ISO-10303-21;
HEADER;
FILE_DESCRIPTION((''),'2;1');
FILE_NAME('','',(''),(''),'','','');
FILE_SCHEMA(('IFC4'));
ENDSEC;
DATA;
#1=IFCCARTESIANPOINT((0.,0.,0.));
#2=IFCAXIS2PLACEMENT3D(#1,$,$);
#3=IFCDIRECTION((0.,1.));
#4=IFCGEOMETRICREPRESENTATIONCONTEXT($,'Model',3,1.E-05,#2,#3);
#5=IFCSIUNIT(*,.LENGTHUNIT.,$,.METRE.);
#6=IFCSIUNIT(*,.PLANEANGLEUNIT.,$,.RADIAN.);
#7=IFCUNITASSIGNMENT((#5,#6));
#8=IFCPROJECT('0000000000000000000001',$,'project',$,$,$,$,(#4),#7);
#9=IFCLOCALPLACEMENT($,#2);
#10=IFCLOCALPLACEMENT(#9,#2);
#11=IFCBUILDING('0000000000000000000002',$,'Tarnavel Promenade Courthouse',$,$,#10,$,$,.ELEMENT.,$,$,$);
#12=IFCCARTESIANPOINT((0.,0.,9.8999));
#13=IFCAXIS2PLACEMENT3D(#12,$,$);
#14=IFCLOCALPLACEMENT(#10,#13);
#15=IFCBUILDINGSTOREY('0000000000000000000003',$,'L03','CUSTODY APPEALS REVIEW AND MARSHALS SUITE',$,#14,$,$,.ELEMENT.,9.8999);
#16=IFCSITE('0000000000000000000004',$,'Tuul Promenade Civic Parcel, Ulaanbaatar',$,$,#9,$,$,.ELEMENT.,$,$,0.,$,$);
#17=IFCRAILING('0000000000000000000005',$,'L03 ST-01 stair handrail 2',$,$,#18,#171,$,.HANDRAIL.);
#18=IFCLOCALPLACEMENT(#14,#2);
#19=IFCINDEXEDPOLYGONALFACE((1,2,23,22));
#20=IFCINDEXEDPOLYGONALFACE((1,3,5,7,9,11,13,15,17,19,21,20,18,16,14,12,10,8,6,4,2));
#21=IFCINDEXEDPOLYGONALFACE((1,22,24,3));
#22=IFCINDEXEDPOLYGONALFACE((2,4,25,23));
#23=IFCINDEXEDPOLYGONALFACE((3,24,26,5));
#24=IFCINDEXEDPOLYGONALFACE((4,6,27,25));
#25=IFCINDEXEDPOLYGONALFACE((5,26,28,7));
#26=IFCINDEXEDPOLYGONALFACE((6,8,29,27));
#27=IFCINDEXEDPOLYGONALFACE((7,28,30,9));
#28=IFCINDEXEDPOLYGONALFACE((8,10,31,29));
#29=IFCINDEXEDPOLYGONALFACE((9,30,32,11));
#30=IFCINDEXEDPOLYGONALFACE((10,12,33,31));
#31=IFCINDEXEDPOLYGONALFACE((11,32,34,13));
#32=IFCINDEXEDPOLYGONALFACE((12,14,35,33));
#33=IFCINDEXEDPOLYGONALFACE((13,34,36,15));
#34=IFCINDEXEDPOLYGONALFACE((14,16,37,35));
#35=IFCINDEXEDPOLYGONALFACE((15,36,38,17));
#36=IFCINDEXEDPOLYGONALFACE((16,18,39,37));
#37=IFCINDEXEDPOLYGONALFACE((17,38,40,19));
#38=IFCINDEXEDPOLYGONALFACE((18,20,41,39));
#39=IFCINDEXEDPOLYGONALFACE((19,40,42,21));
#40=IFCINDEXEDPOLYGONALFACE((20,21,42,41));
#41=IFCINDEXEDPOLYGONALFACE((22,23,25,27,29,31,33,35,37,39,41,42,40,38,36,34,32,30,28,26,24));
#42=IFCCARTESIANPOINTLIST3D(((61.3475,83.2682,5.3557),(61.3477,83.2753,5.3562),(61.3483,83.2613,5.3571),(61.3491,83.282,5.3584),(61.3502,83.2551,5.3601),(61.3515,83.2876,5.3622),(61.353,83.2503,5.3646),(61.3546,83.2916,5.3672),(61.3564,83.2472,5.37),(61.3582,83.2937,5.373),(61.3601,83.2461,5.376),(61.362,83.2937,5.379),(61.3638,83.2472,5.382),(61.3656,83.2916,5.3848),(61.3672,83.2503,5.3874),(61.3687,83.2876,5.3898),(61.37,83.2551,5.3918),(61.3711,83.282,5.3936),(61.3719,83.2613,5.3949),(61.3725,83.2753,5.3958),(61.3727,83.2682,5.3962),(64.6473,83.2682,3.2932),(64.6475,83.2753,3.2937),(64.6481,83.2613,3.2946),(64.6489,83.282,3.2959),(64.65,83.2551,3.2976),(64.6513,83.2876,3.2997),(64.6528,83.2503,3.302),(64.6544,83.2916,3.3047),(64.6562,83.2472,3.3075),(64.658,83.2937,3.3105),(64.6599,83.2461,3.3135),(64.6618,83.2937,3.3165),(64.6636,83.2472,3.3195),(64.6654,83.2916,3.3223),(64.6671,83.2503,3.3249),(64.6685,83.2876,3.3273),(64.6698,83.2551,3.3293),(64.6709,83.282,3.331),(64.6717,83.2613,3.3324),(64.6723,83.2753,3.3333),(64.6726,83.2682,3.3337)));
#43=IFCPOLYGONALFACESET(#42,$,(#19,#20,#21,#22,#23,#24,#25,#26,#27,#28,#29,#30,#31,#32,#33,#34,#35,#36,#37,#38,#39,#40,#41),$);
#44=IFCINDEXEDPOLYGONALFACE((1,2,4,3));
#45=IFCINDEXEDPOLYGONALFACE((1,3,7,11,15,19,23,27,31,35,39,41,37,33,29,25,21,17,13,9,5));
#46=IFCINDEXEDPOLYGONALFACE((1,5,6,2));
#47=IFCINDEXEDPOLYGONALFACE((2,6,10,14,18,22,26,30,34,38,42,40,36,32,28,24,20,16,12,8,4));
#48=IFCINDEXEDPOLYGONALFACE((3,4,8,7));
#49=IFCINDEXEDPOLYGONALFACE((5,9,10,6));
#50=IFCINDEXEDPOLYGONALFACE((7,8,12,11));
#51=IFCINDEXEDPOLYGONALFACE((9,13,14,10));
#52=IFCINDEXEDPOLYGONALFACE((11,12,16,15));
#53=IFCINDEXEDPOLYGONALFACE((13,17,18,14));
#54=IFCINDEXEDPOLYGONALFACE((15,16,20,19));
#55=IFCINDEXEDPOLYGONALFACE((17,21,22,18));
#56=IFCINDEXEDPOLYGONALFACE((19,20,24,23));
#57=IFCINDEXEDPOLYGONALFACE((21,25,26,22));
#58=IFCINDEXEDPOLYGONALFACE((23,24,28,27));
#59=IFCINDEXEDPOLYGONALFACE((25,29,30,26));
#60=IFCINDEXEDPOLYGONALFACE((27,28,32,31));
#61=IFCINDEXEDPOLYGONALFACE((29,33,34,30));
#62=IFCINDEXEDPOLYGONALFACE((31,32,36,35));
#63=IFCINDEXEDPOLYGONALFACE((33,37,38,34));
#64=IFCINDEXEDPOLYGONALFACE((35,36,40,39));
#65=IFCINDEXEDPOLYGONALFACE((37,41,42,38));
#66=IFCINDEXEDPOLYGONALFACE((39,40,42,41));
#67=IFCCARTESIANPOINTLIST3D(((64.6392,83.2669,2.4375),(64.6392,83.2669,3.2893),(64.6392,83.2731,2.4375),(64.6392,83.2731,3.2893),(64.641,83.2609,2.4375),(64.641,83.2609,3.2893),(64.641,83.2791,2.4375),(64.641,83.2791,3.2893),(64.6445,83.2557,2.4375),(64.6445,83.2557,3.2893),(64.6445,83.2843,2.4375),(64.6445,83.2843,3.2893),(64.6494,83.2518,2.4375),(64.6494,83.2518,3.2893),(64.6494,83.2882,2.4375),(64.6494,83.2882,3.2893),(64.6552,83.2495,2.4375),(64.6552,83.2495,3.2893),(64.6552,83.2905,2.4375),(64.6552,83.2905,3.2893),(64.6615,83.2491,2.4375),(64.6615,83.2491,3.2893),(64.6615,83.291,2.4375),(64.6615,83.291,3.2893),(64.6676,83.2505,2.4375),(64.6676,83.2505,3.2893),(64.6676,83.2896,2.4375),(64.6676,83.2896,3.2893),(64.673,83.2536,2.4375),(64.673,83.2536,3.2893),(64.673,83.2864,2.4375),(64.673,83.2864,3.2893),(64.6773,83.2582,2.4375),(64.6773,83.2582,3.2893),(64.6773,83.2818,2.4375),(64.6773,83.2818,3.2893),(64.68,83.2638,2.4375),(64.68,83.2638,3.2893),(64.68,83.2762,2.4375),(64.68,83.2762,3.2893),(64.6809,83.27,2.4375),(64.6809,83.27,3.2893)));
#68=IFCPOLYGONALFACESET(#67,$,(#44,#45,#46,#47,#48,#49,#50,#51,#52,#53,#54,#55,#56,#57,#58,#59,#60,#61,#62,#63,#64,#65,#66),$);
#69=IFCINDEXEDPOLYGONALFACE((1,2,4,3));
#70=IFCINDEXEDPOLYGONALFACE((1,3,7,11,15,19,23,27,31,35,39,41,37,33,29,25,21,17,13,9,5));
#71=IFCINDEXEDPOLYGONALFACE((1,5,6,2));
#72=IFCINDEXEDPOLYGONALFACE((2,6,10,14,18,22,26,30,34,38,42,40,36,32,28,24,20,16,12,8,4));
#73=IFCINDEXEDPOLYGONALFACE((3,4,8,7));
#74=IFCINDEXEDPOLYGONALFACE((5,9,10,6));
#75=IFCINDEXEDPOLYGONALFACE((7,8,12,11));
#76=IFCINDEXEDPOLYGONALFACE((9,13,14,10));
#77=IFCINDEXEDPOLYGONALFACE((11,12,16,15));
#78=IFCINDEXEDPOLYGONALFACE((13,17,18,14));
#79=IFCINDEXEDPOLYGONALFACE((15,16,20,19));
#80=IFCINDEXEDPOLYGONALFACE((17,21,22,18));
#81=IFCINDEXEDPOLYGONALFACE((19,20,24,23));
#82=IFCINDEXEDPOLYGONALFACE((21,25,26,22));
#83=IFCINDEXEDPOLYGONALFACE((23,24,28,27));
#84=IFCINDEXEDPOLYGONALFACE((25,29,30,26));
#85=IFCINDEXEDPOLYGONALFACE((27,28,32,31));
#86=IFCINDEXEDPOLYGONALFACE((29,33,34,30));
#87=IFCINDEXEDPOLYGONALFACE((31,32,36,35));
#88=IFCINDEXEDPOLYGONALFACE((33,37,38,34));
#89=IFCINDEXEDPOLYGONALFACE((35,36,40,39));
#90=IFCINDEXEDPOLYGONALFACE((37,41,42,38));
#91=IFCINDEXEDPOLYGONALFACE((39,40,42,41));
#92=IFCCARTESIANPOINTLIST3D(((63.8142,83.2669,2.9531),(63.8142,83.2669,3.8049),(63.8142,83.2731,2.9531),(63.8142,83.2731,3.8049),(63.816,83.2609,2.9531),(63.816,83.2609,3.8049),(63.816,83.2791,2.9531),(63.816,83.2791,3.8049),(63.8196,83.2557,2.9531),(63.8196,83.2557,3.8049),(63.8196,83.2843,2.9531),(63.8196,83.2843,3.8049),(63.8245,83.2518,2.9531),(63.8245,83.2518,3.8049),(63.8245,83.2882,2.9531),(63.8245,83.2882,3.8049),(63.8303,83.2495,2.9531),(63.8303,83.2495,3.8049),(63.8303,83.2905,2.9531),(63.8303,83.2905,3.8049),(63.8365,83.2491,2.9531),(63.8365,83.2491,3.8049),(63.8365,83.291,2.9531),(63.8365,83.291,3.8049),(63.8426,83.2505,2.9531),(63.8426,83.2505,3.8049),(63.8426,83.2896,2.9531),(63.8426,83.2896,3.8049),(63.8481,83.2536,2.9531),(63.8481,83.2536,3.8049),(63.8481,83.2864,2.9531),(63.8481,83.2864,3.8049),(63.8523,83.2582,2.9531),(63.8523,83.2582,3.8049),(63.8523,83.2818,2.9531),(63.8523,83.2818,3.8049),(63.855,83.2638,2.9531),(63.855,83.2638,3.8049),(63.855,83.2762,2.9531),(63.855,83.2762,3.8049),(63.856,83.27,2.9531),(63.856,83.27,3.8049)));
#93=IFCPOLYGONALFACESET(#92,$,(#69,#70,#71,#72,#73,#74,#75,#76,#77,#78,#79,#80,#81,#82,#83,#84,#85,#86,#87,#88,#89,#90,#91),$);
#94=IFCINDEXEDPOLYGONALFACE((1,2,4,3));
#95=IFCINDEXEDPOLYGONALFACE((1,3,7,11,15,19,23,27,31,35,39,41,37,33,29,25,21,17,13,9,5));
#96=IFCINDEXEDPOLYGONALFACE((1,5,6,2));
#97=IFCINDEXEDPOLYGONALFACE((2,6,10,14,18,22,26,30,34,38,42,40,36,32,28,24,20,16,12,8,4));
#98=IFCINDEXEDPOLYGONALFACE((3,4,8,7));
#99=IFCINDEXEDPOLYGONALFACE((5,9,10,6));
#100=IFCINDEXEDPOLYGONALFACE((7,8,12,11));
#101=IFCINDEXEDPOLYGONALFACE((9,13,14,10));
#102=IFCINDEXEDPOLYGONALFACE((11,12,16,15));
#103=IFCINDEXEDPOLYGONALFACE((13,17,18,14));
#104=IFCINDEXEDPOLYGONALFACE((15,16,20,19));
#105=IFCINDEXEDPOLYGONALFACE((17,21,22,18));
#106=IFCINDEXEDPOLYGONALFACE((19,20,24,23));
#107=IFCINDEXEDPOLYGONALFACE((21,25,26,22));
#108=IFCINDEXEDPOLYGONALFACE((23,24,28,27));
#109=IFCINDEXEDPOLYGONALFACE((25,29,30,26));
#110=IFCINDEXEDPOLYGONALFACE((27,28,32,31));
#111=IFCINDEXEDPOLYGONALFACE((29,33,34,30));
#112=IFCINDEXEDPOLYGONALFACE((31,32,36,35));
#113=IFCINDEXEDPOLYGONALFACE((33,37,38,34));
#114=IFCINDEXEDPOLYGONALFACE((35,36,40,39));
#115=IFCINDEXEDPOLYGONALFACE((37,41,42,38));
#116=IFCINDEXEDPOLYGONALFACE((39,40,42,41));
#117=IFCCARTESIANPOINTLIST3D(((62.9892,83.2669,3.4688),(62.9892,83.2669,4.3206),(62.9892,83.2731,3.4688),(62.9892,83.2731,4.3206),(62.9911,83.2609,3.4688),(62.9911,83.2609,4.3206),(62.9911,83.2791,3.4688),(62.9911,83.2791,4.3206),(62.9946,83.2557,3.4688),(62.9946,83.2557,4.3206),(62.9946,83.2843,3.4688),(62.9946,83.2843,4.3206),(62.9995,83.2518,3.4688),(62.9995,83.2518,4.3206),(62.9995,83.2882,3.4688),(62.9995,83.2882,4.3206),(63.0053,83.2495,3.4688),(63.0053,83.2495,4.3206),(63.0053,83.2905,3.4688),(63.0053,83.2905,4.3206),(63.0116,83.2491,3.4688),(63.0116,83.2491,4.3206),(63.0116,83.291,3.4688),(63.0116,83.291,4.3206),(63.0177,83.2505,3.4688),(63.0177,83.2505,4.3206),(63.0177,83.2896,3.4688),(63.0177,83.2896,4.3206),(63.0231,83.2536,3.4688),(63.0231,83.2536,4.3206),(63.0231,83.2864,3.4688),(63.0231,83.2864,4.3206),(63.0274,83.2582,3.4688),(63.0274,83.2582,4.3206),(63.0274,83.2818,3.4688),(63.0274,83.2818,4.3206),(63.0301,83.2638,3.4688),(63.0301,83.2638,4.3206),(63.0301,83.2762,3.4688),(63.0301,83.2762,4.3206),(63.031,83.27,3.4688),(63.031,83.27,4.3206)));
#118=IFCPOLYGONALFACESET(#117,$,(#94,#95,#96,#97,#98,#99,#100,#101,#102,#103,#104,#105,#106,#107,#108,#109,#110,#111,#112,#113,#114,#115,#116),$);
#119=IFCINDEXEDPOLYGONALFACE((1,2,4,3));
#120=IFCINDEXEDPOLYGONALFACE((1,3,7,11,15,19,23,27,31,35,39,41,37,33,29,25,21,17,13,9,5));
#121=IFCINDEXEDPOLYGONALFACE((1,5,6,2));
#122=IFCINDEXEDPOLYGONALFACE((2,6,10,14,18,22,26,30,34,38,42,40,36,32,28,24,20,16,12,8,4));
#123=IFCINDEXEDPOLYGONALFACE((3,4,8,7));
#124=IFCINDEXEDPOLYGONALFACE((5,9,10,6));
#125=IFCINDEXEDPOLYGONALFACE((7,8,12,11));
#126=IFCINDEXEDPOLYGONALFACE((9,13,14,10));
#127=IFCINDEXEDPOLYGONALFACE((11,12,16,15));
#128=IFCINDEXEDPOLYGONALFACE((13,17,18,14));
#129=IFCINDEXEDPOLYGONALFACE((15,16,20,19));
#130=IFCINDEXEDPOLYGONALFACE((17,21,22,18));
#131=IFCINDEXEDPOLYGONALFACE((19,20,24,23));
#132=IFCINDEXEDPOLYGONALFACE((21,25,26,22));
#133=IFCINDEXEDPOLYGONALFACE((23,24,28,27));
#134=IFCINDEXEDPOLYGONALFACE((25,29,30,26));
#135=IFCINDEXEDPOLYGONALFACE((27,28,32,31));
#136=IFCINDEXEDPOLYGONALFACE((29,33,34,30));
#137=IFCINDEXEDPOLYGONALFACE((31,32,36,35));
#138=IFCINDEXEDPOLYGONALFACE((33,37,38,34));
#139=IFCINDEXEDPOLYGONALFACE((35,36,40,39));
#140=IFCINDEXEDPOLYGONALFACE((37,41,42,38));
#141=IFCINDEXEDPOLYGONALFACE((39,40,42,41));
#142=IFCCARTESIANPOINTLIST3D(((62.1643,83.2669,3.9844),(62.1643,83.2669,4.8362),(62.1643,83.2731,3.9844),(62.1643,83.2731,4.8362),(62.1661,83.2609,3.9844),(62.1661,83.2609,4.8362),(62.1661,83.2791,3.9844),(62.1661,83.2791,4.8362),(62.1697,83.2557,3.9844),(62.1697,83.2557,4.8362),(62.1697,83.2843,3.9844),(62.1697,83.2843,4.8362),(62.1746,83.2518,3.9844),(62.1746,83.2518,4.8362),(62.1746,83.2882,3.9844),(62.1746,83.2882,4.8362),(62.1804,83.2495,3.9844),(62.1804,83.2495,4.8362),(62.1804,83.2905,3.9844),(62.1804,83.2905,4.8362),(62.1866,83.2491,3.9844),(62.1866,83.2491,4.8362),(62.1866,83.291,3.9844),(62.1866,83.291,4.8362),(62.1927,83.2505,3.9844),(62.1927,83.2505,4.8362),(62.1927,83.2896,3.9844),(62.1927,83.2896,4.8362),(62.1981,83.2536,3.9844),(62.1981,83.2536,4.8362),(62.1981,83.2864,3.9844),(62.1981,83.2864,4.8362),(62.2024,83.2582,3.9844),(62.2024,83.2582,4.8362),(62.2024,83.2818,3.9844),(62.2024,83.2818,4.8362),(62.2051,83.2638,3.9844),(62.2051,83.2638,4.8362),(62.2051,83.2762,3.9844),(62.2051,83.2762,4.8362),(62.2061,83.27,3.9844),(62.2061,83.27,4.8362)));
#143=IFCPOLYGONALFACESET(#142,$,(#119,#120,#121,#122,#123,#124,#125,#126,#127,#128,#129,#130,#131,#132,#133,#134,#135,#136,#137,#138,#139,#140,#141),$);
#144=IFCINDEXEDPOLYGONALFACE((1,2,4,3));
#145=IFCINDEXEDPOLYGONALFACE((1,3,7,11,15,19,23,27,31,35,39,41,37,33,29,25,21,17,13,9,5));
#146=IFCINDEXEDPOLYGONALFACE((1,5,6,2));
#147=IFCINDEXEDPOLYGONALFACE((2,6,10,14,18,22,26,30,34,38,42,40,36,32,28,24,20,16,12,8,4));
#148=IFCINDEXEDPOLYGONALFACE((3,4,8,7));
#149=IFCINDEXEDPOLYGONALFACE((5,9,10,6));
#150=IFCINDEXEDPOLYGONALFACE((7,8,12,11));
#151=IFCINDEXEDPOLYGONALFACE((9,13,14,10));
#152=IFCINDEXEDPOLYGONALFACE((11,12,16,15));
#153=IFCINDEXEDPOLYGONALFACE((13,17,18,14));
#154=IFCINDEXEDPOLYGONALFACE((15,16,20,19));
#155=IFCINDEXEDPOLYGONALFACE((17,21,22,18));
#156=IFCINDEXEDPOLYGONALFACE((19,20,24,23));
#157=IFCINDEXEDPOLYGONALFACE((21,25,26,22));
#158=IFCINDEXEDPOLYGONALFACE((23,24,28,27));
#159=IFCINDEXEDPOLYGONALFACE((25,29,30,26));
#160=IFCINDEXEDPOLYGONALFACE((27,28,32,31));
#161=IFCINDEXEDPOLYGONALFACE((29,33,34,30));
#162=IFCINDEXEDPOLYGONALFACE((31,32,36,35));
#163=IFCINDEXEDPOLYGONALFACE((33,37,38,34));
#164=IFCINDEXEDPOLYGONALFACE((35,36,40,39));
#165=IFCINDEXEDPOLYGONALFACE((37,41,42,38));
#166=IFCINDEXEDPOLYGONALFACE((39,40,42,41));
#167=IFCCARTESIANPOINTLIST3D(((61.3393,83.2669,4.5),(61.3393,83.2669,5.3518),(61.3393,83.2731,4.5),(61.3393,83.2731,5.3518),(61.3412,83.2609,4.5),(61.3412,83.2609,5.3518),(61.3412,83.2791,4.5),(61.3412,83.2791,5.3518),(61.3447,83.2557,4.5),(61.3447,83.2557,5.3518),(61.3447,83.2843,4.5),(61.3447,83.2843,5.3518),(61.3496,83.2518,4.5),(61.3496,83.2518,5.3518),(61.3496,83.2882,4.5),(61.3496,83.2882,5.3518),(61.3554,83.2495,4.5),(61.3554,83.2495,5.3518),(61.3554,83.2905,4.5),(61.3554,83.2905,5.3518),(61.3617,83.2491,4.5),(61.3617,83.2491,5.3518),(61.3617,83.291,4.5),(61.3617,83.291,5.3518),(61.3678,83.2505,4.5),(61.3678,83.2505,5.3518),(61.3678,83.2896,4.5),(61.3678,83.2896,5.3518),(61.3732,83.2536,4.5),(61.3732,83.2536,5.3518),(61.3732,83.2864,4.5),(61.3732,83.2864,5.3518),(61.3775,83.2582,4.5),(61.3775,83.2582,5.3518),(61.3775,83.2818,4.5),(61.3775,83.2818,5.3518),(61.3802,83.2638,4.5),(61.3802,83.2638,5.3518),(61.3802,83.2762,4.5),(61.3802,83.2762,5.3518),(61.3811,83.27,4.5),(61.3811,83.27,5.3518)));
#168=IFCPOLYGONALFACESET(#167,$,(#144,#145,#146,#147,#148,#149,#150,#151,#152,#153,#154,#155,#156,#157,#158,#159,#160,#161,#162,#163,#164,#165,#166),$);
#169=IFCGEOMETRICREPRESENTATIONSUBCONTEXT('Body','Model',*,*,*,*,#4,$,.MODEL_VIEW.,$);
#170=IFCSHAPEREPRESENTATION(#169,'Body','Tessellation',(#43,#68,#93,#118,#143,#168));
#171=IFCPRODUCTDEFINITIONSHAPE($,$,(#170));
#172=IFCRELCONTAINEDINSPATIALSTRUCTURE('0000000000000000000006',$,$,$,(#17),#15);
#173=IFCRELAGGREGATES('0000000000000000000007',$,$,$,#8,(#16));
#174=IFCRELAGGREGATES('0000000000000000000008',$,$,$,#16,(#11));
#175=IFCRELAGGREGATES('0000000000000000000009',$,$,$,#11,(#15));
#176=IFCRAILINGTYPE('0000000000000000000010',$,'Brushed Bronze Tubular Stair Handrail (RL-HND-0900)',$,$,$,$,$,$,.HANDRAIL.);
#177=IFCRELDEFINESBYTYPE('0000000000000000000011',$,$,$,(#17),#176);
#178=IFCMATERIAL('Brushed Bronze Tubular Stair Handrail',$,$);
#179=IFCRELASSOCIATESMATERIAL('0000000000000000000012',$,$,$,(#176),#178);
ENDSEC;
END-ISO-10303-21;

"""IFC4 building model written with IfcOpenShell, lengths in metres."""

from ifc_helpers import new_model, si_unit, direction, frame, origin, origin_2d, place, context, subcontext, project, spatial, circle, extrude, material, type_object, element, save


model = new_model("IFC4")

# Units and contexts
model_context = context("Model", 3, precision=1e-05, world=origin(), true_north=direction((0.0, 1.0)))
body_context = subcontext(model_context, "Body", "Model", "MODEL_VIEW")
ifc_project = project(units=[si_unit("LENGTHUNIT", "METRE"), si_unit("PLANEANGLEUNIT", "RADIAN")], contexts=[model_context])

# Site, building, storey
site_placement = place(None, origin())
site = spatial("IfcSite", under=ifc_project, at=site_placement, Name="Tuul Promenade Civic Parcel, Ulaanbaatar", CompositionType="ELEMENT", RefElevation=0.0)
building_placement = place(site_placement, origin())
building = spatial("IfcBuilding", under=site, at=building_placement, Name="Tarnavel Promenade Courthouse", CompositionType="ELEMENT")
storey_placement = place(building_placement, frame((0.0, 0.0, 9.8999)))
storey = spatial("IfcBuildingStorey", under=building, at=storey_placement, Name="L03", Description="CUSTODY APPEALS REVIEW AND MARSHALS SUITE", CompositionType="ELEMENT", Elevation=9.8999)

# Railing
ifc_material_1 = material(Name="Brushed Bronze Tubular Stair Handrail")
railing_type_1 = type_object("IfcRailingType", Name="Brushed Bronze Tubular Stair Handrail (RL-HND-0900)", PredefinedType="HANDRAIL", material=ifc_material_1)
railing_1_placement = place(storey_placement, frame((64.6599, 83.27, 2.4375)))
element("IfcRailing", 1, at=railing_1_placement, inside=storey, type_object=railing_type_1, Name="L03 ST-01 stair handrail 2", PredefinedType="HANDRAIL", context=body_context, shape_type="SweptSolid", body=[
    extrude(circle(Radius=0.0239, at=origin_2d()), frame((0.0, 0.0, 0.876), z_axis=(-0.847984, 0.0, 0.530021), x_axis=(0.0, -1.0, 0.0)), (0.0, 0.0, 1.0), 3.8914),
    extrude(circle(Radius=0.021, at=origin_2d()), origin(), (0.0, 0.0, 1.0), 0.8518),
    extrude(circle(Radius=0.021, at=origin_2d()), frame((-0.825, 0.0, 0.5156)), (0.0, 0.0, 1.0), 0.8518),
    extrude(circle(Radius=0.021, at=origin_2d()), frame((-1.6499, 0.0, 1.0312)), (0.0, 0.0, 1.0), 0.8518),
    extrude(circle(Radius=0.021, at=origin_2d()), frame((-2.4749, 0.0, 1.5469)), (0.0, 0.0, 1.0), 0.8518),
    extrude(circle(Radius=0.021, at=origin_2d()), frame((-3.2998, 0.0, 2.0625)), (0.0, 0.0, 1.0), 0.8518),
])

save(model, "model.ifc")
